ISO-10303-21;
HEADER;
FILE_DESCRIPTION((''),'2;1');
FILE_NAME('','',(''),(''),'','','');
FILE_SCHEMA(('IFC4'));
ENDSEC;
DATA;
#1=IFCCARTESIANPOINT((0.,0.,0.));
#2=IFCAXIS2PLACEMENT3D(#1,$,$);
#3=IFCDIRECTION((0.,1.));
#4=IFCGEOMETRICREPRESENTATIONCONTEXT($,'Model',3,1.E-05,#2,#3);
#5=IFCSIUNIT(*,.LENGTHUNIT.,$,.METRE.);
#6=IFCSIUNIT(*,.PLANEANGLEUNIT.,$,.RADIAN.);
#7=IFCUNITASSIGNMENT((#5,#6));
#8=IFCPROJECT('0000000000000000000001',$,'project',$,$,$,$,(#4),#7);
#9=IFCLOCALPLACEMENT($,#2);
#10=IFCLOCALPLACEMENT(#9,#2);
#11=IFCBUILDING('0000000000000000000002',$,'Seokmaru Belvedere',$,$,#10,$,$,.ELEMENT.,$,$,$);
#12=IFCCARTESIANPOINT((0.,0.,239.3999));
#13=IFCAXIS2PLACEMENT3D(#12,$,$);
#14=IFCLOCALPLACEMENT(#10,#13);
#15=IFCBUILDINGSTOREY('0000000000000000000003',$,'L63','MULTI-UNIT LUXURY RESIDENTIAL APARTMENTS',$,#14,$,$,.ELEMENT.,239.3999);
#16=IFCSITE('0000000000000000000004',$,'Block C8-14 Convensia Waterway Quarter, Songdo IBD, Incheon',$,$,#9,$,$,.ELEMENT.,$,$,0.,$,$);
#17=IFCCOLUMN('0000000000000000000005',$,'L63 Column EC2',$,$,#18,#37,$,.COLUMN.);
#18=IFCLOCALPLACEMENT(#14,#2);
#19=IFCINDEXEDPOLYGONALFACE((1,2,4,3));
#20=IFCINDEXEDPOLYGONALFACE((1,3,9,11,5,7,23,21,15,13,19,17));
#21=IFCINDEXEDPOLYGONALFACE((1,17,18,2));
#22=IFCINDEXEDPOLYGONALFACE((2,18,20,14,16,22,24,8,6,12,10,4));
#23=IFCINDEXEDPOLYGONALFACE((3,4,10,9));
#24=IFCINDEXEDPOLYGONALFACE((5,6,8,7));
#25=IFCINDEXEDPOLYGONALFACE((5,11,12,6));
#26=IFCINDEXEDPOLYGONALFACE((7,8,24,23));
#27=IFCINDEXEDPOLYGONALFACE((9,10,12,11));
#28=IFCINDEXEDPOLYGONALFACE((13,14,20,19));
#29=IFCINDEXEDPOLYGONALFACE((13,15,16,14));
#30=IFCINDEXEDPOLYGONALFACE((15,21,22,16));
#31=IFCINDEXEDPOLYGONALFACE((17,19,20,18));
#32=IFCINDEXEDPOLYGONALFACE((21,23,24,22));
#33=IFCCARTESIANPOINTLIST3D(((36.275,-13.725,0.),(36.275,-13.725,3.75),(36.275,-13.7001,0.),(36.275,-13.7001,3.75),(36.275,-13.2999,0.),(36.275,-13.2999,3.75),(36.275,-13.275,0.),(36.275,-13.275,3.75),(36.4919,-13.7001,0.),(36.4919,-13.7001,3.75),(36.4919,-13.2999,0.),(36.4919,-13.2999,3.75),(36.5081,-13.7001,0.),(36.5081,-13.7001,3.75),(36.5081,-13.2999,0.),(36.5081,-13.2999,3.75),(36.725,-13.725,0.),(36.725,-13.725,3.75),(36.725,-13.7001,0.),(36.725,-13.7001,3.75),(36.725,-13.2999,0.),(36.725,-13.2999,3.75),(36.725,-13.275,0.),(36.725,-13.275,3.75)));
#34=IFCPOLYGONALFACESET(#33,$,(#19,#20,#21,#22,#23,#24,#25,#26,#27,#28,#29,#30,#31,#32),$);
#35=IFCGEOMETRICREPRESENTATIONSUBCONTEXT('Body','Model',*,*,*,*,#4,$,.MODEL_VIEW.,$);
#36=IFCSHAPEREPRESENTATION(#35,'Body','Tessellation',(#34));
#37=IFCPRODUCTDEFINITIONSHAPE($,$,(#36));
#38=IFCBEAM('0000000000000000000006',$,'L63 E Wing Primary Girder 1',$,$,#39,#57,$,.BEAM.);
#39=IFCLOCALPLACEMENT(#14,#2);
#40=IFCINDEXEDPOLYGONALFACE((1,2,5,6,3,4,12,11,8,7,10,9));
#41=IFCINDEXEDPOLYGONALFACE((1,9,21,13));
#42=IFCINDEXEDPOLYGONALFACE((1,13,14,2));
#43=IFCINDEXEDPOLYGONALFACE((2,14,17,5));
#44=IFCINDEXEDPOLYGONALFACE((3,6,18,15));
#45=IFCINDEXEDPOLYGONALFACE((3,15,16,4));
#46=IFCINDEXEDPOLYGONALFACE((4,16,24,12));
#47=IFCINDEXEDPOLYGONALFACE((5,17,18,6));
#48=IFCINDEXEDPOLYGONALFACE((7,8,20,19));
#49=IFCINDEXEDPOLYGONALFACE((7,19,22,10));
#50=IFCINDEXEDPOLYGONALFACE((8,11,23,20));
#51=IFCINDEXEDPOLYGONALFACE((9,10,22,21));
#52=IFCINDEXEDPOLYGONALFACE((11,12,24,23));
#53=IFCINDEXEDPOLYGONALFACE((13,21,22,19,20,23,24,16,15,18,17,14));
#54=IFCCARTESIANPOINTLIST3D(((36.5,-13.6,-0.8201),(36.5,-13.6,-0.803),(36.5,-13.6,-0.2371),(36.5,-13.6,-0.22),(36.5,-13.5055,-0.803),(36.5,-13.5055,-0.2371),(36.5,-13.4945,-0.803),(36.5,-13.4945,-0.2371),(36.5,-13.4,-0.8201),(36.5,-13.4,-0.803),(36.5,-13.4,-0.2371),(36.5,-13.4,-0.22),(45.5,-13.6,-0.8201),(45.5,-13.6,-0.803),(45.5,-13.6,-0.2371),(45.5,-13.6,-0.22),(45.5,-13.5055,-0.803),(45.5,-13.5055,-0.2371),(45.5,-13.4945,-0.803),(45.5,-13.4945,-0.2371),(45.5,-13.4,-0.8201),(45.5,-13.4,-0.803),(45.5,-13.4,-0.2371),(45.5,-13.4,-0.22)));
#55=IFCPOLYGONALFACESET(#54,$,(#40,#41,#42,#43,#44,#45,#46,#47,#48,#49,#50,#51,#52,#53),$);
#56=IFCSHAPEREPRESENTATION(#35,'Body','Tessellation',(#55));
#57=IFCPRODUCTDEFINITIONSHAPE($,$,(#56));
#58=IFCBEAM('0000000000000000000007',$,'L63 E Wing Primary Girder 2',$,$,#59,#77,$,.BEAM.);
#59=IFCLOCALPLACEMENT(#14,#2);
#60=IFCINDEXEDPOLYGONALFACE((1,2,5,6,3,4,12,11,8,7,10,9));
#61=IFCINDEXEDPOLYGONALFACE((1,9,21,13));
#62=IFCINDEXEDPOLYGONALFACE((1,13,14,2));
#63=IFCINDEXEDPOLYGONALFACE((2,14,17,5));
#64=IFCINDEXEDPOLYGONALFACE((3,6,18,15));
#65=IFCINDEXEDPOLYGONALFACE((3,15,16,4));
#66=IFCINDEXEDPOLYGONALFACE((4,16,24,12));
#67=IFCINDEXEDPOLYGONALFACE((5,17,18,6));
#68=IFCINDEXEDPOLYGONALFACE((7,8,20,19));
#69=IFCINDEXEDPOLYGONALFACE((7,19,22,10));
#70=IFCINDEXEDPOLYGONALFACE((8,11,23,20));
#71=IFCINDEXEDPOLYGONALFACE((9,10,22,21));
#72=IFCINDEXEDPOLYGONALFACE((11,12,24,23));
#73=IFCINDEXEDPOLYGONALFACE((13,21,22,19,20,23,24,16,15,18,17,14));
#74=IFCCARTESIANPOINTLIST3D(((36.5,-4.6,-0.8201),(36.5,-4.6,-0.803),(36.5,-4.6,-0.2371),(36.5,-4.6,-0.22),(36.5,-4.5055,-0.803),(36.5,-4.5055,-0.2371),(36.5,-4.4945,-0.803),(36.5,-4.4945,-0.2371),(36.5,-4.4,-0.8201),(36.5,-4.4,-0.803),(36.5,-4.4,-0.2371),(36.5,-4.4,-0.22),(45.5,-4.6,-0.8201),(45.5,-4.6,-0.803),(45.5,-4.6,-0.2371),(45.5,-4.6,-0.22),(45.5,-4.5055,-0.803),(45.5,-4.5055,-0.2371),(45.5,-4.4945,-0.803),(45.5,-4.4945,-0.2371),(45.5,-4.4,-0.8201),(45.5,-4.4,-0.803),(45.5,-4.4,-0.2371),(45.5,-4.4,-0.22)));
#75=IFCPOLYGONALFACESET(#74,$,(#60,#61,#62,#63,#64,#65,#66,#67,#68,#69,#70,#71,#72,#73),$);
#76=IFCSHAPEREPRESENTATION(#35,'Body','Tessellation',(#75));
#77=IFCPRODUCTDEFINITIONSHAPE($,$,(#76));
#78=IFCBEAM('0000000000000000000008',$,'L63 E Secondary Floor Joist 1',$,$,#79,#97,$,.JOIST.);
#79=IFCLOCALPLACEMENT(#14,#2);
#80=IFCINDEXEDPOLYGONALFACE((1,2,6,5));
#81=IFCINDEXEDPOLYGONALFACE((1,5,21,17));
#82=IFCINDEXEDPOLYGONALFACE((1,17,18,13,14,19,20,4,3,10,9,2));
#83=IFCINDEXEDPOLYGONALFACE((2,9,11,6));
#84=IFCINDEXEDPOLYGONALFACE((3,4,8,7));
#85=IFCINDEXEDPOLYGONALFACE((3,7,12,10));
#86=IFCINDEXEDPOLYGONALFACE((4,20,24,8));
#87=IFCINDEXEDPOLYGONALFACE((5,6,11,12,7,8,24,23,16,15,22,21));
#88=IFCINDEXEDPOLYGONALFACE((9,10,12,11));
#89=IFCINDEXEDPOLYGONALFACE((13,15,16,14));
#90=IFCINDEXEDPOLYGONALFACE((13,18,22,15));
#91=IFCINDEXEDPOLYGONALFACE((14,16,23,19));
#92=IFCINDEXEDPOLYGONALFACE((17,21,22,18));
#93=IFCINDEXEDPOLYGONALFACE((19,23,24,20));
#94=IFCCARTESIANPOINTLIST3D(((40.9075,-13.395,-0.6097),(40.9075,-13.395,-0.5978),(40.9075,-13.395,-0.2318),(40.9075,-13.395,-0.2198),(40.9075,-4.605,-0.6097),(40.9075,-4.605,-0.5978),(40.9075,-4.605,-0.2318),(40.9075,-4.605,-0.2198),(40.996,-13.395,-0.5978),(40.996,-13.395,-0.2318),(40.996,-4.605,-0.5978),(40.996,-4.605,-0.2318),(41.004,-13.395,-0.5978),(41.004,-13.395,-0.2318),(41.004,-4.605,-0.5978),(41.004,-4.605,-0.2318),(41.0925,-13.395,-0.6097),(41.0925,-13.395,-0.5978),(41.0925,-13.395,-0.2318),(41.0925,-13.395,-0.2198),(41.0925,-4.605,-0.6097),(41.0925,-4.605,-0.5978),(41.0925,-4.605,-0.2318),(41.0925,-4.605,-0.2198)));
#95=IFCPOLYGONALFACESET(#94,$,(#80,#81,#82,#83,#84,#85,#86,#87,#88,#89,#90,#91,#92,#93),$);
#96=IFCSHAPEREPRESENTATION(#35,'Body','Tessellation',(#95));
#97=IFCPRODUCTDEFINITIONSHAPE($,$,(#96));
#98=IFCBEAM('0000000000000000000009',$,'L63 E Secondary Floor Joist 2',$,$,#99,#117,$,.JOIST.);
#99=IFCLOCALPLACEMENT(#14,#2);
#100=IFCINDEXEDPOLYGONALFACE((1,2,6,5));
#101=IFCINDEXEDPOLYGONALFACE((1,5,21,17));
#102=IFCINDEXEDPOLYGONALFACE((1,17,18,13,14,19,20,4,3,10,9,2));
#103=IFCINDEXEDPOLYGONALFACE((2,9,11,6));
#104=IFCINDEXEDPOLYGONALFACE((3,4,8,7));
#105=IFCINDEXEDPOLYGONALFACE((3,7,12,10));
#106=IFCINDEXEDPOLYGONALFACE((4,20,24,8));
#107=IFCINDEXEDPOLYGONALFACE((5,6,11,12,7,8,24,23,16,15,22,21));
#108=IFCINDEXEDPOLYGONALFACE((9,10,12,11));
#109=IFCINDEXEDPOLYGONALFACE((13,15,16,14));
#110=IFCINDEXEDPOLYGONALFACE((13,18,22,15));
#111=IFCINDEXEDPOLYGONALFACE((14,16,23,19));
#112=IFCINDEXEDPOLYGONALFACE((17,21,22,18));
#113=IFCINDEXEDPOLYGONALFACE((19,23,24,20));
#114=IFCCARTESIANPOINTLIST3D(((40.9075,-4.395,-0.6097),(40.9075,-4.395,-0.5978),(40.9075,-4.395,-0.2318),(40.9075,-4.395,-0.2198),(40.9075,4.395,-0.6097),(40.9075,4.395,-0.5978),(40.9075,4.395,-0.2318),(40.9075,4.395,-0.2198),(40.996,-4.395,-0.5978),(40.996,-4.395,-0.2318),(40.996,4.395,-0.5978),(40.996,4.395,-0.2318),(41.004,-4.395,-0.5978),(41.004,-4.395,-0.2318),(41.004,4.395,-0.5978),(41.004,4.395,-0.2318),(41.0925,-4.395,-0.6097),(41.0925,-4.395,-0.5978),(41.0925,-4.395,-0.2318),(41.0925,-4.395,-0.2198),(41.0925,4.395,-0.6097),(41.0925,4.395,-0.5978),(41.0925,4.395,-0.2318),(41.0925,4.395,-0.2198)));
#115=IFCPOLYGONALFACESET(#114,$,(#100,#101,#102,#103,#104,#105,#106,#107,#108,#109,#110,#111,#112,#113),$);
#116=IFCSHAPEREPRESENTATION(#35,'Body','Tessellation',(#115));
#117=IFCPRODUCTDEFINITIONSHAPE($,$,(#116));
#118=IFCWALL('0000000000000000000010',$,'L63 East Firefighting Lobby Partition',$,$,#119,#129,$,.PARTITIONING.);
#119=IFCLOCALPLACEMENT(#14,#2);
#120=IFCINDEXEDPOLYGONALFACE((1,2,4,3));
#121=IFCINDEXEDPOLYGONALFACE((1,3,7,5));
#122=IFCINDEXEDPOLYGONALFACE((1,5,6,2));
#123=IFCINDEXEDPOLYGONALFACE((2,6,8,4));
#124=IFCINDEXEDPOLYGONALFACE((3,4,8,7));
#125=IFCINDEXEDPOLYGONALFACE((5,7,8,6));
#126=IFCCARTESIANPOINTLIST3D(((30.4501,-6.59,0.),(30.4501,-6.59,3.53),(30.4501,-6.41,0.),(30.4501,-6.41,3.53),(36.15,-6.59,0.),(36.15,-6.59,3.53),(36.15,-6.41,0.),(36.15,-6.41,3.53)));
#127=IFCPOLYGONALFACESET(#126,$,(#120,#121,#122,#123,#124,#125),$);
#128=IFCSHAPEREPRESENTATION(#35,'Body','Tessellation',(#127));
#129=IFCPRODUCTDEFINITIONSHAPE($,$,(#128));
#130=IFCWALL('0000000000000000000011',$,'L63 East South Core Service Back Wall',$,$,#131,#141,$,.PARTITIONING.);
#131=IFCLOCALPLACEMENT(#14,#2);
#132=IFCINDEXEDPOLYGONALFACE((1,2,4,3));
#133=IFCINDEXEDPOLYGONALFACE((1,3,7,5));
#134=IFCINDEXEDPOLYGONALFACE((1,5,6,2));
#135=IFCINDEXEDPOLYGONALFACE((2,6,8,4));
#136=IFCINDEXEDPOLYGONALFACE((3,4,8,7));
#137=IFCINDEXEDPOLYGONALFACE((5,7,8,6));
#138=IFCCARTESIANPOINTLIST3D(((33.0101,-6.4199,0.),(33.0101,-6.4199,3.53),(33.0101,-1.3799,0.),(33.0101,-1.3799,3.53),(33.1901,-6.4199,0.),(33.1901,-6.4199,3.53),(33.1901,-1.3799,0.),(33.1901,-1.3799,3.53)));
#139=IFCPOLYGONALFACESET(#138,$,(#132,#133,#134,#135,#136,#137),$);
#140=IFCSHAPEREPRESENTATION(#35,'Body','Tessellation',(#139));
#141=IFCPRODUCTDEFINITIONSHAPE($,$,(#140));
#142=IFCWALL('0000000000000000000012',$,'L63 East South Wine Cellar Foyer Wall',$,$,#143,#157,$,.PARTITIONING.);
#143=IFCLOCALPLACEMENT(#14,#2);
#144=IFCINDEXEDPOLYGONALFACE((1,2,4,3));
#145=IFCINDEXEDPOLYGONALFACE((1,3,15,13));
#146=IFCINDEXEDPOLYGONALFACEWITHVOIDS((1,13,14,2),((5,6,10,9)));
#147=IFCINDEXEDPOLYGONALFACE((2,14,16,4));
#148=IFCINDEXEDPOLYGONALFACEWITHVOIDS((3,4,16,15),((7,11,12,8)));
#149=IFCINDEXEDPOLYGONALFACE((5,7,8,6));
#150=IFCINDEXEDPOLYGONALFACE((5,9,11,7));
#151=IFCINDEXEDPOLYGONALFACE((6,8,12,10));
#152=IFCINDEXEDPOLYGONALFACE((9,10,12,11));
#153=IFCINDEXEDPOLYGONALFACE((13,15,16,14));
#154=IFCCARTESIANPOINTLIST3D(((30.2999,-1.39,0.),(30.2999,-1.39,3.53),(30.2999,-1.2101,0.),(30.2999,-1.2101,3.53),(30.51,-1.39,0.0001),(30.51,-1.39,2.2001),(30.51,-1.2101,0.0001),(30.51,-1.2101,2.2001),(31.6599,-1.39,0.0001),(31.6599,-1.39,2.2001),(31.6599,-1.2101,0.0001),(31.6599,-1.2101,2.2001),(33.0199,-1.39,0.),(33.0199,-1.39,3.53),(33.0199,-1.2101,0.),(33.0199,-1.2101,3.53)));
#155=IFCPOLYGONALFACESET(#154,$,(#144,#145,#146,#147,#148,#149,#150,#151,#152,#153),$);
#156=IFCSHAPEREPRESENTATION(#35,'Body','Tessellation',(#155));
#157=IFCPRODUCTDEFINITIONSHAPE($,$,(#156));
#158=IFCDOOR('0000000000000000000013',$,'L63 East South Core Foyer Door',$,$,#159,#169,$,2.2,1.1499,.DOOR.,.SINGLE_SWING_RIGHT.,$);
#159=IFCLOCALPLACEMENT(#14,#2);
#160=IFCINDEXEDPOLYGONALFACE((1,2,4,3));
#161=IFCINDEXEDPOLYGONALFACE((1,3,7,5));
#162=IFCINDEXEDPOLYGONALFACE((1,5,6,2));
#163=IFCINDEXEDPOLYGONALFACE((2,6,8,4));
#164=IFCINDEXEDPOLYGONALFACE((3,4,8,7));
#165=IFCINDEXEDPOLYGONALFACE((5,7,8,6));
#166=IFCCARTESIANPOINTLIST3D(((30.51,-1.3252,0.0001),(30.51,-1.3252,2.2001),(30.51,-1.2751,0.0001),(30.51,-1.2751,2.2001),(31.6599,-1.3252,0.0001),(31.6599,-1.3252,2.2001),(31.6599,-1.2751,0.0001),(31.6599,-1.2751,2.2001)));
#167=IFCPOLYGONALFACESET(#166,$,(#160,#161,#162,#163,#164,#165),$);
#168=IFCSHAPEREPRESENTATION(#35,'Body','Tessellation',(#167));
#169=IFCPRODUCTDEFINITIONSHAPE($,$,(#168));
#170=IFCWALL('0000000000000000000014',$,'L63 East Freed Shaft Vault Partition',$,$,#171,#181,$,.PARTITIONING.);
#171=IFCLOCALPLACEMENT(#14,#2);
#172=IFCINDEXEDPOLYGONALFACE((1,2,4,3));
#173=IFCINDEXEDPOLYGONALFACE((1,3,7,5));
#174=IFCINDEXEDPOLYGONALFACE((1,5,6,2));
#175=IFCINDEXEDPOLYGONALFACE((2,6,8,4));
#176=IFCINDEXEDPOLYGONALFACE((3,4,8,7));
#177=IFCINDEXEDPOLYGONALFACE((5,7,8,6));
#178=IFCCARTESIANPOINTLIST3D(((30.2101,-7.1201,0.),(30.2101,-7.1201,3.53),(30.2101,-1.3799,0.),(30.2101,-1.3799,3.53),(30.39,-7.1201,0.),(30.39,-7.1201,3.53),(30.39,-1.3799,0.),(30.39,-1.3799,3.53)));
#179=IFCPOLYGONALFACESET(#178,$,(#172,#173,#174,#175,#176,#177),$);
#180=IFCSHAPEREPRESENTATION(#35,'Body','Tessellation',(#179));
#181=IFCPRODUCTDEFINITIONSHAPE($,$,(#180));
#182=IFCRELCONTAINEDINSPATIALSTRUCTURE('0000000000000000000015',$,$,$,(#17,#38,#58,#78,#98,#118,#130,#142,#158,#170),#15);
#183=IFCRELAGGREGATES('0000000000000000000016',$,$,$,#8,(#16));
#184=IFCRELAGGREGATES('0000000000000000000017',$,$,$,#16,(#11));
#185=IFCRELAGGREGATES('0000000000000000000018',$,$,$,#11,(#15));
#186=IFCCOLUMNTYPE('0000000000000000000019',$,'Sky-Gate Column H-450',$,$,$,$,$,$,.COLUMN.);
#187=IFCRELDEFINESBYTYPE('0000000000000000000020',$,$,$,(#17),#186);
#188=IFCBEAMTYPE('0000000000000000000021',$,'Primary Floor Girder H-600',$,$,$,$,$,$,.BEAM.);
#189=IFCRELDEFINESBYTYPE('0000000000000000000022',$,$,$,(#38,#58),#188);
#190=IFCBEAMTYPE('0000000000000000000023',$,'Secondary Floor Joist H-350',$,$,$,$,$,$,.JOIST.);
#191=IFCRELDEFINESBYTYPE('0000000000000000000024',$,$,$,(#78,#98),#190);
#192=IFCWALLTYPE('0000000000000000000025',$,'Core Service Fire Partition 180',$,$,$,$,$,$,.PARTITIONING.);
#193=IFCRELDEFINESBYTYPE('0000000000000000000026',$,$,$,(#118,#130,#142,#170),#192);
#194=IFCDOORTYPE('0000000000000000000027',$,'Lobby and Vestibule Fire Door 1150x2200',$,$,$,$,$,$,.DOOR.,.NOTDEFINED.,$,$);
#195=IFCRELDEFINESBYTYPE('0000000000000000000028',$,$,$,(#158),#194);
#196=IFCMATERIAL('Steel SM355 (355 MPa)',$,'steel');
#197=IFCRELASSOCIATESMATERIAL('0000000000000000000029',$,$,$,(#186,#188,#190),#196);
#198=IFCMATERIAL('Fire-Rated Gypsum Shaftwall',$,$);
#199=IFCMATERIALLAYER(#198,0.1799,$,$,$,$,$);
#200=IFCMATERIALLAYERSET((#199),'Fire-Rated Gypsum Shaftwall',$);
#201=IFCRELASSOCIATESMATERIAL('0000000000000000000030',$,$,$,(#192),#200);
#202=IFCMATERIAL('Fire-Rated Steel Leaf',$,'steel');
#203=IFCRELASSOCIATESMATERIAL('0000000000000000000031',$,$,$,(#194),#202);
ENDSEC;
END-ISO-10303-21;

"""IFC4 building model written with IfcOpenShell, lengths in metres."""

from ifc_helpers import new_model, si_unit, direction, frame, frame_2d, origin, origin_2d, place, context, subcontext, project, spatial, rectangle, i_section, extrude, source, transform, mapped, material, layer, layer_set, material_profile, profile_set, type_object, type_shapes, element, fill, save


model = new_model("IFC4")

# Units and contexts
model_context = context("Model", 3, precision=1e-05, world=origin(), true_north=direction((0.0, 1.0)))
body_context = subcontext(model_context, "Body", "Model", "MODEL_VIEW")
ifc_project = project(units=[si_unit("LENGTHUNIT", "METRE"), si_unit("PLANEANGLEUNIT", "RADIAN")], contexts=[model_context])

# Site, building, storey
site_placement = place(None, origin())
site = spatial("IfcSite", under=ifc_project, at=site_placement, Name="Block C8-14 Convensia Waterway Quarter, Songdo IBD, Incheon", CompositionType="ELEMENT", RefElevation=0.0)
building_placement = place(site_placement, origin())
building = spatial("IfcBuilding", under=site, at=building_placement, Name="Seokmaru Belvedere", CompositionType="ELEMENT")
storey_placement = place(building_placement, frame((0.0, 0.0, 239.3999)))
storey = spatial("IfcBuildingStorey", under=building, at=storey_placement, Name="L63", Description="MULTI-UNIT LUXURY RESIDENTIAL APARTMENTS", CompositionType="ELEMENT", Elevation=239.3999)

# Column
ifc_material_1 = material(Name="Steel SM355 (355 MPa)", Category="steel")
ifc_material_profile_1 = material_profile(ifc_material_1, i_section(OverallWidth=0.45, OverallDepth=0.45, WebThickness=0.0161, FlangeThickness=0.0249, at=origin_2d()), Name="H-450x450x16x25")
ifc_profile_set_1 = profile_set([ifc_material_profile_1], Name="Steel SM355 (355 MPa)")
column_type = type_object("IfcColumnType", Name="Sky-Gate Column H-450", PredefinedType="COLUMN", material=ifc_profile_set_1)
shared_shape_1 = source(origin(), body_context, "Body", "SweptSolid", [
    extrude(i_section(OverallWidth=0.45, OverallDepth=0.45, WebThickness=0.0161, FlangeThickness=0.0249, at=origin_2d()), origin(), (0.0, 0.0, 1.0), 3.75),
])
type_shapes(column_type, [shared_shape_1])
column_placement = place(storey_placement, frame((36.5, -13.5, 0.0), z_axis=(0.0, 0.0, 1.0), x_axis=(1.0, 0.0, 0.0)))
element("IfcColumn", 1, at=column_placement, inside=storey, type_object=column_type, Name="L63 Column EC2", PredefinedType="COLUMN", context=body_context, shape_type="MappedRepresentation", body=[
    mapped(shared_shape_1, transform((0.0, 0.0, 0.0), scale=1.0)),
])

# Beams
ifc_material_profile_2 = material_profile(ifc_material_1, i_section(OverallWidth=0.2, OverallDepth=0.6001, WebThickness=0.011, FlangeThickness=0.0171, at=origin_2d()), Name="H-600x200x11x17")
ifc_profile_set_2 = profile_set([ifc_material_profile_2], Name="Steel SM355 (355 MPa)")
beam_type_1 = type_object("IfcBeamType", Name="Primary Floor Girder H-600", PredefinedType="BEAM", material=ifc_profile_set_2)
shared_shape_2 = source(origin(), body_context, "Body", "SweptSolid", [
    extrude(i_section(OverallWidth=0.2, OverallDepth=0.6001, WebThickness=0.011, FlangeThickness=0.0171, at=origin_2d()), origin(), (0.0, 0.0, 1.0), 9.0),
])
type_shapes(beam_type_1, [shared_shape_2])
for number, where, z_axis, x_axis, name in (
    (2, (36.5, -13.5, -0.52), (1.0, 0.0, 0.0), (0.0, 1.0, 0.0), "L63 E Wing Primary Girder 1"),
    (3, (36.5, -4.5, -0.52), (1.0, 0.0, 0.0), (0.0, 1.0, 0.0), "L63 E Wing Primary Girder 2"),
):
    element("IfcBeam", number, at=place(storey_placement, frame(where, z_axis=z_axis, x_axis=x_axis)), inside=storey, type_object=beam_type_1, Name=name, PredefinedType="BEAM", context=body_context, shape_type="MappedRepresentation", body=[
        mapped(shared_shape_2, transform((0.0, 0.0, 0.0), scale=1.0)),
    ])
ifc_material_profile_3 = material_profile(ifc_material_1, i_section(OverallWidth=0.1851, OverallDepth=0.3899, WebThickness=0.0081, FlangeThickness=0.012, at=origin_2d()), Name="H-390x185x8x12")
ifc_profile_set_3 = profile_set([ifc_material_profile_3], Name="Steel SM355 (355 MPa)")
beam_type_2 = type_object("IfcBeamType", Name="Secondary Floor Joist H-350", PredefinedType="JOIST", material=ifc_profile_set_3)
shared_shape_3 = source(origin(), body_context, "Body", "SweptSolid", [
    extrude(i_section(OverallWidth=0.1851, OverallDepth=0.3899, WebThickness=0.0081, FlangeThickness=0.012, at=origin_2d()), origin(), (0.0, 0.0, 1.0), 8.79),
])
type_shapes(beam_type_2, [shared_shape_3])
for number, where, z_axis, x_axis, name in (
    (4, (41.0, -13.395, -0.4148), (0.0, 1.0, 0.0), (-1.0, 0.0, 0.0), "L63 E Secondary Floor Joist 1"),
    (5, (41.0, -4.395, -0.4148), (0.0, 1.0, 0.0), (-1.0, 0.0, 0.0), "L63 E Secondary Floor Joist 2"),
):
    element("IfcBeam", number, at=place(storey_placement, frame(where, z_axis=z_axis, x_axis=x_axis)), inside=storey, type_object=beam_type_2, Name=name, PredefinedType="JOIST", context=body_context, shape_type="MappedRepresentation", body=[
        mapped(shared_shape_3, transform((0.0, 0.0, 0.0), scale=1.0)),
    ])

# Walls
ifc_material_2 = material(Name="Fire-Rated Gypsum Shaftwall")
ifc_layer_1 = layer(ifc_material_2, 0.1799)
ifc_layer_set_1 = layer_set([ifc_layer_1], Name="Fire-Rated Gypsum Shaftwall")
wall_type_1 = type_object("IfcWallType", Name="Core Service Fire Partition 180", PredefinedType="PARTITIONING", material=ifc_layer_set_1)
wall_1_placement = place(storey_placement, frame((30.45, -6.5, 0.0), z_axis=(0.0, 0.0, 1.0), x_axis=(1.0, 0.0, 0.0)))
element("IfcWall", 6, at=wall_1_placement, inside=storey, type_object=wall_type_1, Name="L63 East Firefighting Lobby Partition", PredefinedType="PARTITIONING", context=body_context, shape_type="SweptSolid", body=[
    extrude(rectangle(XDim=5.7, YDim=0.1799, at=frame_2d((2.8501, 0.0))), origin(), (0.0, 0.0, 1.0), 3.53),
])
wall_2_placement = place(storey_placement, frame((33.1001, -6.4199, 0.0), z_axis=(0.0, 0.0, 1.0), x_axis=(0.0, 1.0, 0.0)))
element("IfcWall", 7, at=wall_2_placement, inside=storey, type_object=wall_type_1, Name="L63 East South Core Service Back Wall", PredefinedType="PARTITIONING", context=body_context, shape_type="SweptSolid", body=[
    extrude(rectangle(XDim=5.04, YDim=0.1799, at=frame_2d((2.52, 0.0))), origin(), (0.0, 0.0, 1.0), 3.53),
])

# Wall, opening, door
wall_3_placement = place(storey_placement, frame((30.3, -1.3, 0.0), z_axis=(0.0, 0.0, 1.0), x_axis=(1.0, 0.0, 0.0)))
wall_3 = element("IfcWall", 8, at=wall_3_placement, inside=storey, type_object=wall_type_1, Name="L63 East South Wine Cellar Foyer Wall", PredefinedType="PARTITIONING", context=body_context, shape_type="SweptSolid", body=[
    extrude(rectangle(XDim=2.72, YDim=0.1799, at=frame_2d((1.3599, 0.0))), origin(), (0.0, 0.0, 1.0), 3.53),
])
opening_1_placement = place(wall_3_placement, frame((0.21, 0.0, 0.0)))
opening_1 = element("IfcOpeningElement", 9, at=opening_1_placement, cuts=wall_3, PredefinedType="OPENING", context=body_context, shape_type="SweptSolid", body=[
    extrude(rectangle(XDim=1.1499, YDim=2.2, at=frame_2d((0.575, 1.1001))), frame((0.0, 0.1001, 0.0), z_axis=(0.0, -1.0, 0.0), x_axis=(1.0, 0.0, 0.0)), (0.0, 0.0, 1.0), 0.2),
])
ifc_material_3 = material(Name="Fire-Rated Steel Leaf", Category="steel")
door_type_1 = type_object("IfcDoorType", Name="Lobby and Vestibule Fire Door 1150x2200", OperationType="NOTDEFINED", PredefinedType="DOOR", material=ifc_material_3)
shared_shape_4 = source(origin(), body_context, "Body", "SweptSolid", [
    extrude(rectangle(XDim=1.1499, YDim=2.2, at=frame_2d((0.575, 1.1001))), frame((0.0, 0.0249, 0.0), z_axis=(0.0, -1.0, 0.0), x_axis=(1.0, 0.0, 0.0)), (0.0, 0.0, 1.0), 0.05),
])
type_shapes(door_type_1, [shared_shape_4])
door_1_placement = place(opening_1_placement, origin())
door_1 = element("IfcDoor", 10, at=door_1_placement, inside=storey, type_object=door_type_1, Name="L63 East South Core Foyer Door", OperationType="SINGLE_SWING_RIGHT", OverallHeight=2.2, OverallWidth=1.1499, PredefinedType="DOOR", context=body_context, shape_type="MappedRepresentation", body=[
    mapped(shared_shape_4, transform((0.0, 0.0, 0.0), scale=1.0)),
])
fill(opening_1, door_1)

# Wall
wall_4_placement = place(storey_placement, frame((30.3, -7.1201, 0.0), z_axis=(0.0, 0.0, 1.0), x_axis=(0.0, 1.0, 0.0)))
element("IfcWall", 11, at=wall_4_placement, inside=storey, type_object=wall_type_1, Name="L63 East Freed Shaft Vault Partition", PredefinedType="PARTITIONING", context=body_context, shape_type="SweptSolid", body=[
    extrude(rectangle(XDim=5.7402, YDim=0.1799, at=frame_2d((2.8701, 0.0))), origin(), (0.0, 0.0, 1.0), 3.53),
])

save(model, "model.ifc")
